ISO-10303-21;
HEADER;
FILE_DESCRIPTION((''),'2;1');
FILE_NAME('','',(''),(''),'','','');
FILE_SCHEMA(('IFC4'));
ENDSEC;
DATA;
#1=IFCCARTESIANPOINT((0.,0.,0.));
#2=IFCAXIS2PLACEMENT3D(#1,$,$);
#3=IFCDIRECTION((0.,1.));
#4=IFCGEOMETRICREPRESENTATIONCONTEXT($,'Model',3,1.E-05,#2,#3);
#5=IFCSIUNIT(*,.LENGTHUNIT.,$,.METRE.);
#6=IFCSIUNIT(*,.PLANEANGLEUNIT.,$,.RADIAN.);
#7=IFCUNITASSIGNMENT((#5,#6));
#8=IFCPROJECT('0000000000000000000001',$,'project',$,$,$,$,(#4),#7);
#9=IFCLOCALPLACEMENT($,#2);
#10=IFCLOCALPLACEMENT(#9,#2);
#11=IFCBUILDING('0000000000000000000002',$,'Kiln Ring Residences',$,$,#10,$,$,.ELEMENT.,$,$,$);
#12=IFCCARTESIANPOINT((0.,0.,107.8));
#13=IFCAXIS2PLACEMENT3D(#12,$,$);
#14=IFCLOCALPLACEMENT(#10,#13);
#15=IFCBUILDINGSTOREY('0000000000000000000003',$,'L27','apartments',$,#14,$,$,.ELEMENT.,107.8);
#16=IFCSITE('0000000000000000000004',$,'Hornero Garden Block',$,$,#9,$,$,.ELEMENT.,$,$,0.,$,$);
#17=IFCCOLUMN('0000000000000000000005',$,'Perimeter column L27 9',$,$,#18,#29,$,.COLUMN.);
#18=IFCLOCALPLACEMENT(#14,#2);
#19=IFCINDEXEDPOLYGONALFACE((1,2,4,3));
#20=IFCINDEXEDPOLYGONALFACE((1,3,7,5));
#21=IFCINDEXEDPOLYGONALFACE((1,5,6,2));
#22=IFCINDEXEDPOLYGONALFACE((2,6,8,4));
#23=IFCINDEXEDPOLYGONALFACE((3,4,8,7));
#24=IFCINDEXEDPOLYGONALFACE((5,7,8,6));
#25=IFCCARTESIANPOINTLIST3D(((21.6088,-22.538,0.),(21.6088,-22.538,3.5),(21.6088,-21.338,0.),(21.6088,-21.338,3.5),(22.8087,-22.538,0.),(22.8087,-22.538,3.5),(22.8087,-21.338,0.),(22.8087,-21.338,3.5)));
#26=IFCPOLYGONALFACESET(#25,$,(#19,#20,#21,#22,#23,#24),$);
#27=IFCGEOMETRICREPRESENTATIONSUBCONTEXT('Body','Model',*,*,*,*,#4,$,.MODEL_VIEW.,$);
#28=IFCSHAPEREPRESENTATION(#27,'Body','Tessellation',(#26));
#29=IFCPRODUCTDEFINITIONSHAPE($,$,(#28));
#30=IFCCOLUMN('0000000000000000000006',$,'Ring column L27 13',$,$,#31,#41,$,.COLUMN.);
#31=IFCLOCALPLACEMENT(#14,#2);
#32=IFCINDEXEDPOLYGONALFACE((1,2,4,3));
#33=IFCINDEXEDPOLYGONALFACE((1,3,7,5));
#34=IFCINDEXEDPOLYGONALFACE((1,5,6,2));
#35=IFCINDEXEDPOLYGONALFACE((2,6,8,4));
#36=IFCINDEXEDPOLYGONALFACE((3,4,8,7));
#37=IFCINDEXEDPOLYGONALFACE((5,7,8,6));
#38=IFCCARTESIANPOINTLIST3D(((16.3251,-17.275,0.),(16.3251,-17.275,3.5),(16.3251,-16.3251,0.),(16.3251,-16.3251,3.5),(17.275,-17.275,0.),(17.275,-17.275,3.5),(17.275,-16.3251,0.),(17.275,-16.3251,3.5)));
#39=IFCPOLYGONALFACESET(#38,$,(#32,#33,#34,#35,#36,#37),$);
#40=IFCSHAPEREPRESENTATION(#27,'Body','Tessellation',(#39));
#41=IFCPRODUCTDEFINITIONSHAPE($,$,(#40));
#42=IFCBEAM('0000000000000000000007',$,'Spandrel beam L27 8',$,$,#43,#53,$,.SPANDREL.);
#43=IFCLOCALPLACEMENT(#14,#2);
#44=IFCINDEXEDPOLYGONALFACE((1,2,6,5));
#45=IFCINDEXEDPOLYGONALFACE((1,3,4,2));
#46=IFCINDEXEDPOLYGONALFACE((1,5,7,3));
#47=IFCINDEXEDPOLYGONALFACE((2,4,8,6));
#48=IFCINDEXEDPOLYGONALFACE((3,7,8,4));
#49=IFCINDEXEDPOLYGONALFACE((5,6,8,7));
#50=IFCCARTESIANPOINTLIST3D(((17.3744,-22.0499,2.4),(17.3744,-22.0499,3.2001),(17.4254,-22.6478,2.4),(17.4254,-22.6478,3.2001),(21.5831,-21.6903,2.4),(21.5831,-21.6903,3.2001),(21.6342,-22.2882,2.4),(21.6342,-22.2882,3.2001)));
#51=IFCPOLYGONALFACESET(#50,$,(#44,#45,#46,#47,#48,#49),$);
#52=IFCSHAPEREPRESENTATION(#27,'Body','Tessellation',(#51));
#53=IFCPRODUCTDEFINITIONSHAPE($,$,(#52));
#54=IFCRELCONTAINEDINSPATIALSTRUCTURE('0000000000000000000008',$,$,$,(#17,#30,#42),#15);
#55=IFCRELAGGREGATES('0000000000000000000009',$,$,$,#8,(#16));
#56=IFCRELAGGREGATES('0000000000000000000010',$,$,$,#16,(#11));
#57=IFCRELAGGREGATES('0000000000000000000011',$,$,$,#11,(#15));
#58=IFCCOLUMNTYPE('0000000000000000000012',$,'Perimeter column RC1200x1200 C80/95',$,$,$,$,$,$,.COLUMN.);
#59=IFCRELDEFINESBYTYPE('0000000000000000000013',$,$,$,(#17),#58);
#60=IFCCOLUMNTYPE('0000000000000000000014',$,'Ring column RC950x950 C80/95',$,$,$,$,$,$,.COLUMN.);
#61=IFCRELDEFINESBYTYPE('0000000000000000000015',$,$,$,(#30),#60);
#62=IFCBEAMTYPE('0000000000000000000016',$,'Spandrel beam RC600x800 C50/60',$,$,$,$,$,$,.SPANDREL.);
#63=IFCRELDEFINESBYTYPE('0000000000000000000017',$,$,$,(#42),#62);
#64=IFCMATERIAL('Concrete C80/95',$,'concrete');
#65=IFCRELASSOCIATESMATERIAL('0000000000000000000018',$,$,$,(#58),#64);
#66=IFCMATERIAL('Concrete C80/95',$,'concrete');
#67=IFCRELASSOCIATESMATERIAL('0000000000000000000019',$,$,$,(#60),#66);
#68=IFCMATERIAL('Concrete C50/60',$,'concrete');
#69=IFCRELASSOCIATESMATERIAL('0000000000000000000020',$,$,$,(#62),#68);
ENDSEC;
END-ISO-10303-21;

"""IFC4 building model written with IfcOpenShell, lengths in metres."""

from ifc_helpers import new_model, si_unit, direction, frame, origin, origin_2d, place, context, subcontext, project, spatial, rectangle, extrude, material, material_profile, profile_set, type_object, element, save


model = new_model("IFC4")

# Units and contexts
model_context = context("Model", 3, precision=1e-05, world=origin(), true_north=direction((0.0, 1.0)))
body_context = subcontext(model_context, "Body", "Model", "MODEL_VIEW")
ifc_project = project(units=[si_unit("LENGTHUNIT", "METRE"), si_unit("PLANEANGLEUNIT", "RADIAN")], contexts=[model_context])

# Site, building, storey
site_placement = place(None, origin())
site = spatial("IfcSite", under=ifc_project, at=site_placement, Name="Hornero Garden Block", CompositionType="ELEMENT", RefElevation=0.0)
building_placement = place(site_placement, origin())
building = spatial("IfcBuilding", under=site, at=building_placement, Name="Kiln Ring Residences", CompositionType="ELEMENT")
storey_placement = place(building_placement, frame((0.0, 0.0, 107.8)))
storey = spatial("IfcBuildingStorey", under=building, at=storey_placement, Name="L27", Description="apartments", CompositionType="ELEMENT", Elevation=107.8)

# Columns
ifc_material_1 = material(Name="Concrete C80/95", Category="concrete")
ifc_material_profile_1 = material_profile(ifc_material_1, rectangle(XDim=1.2, YDim=1.2, at=origin_2d()), Name="RC1200x1200")
ifc_profile_set_1 = profile_set([ifc_material_profile_1], Name="Concrete C80/95")
column_type_1 = type_object("IfcColumnType", Name="Perimeter column RC1200x1200 C80/95", PredefinedType="COLUMN", material=ifc_profile_set_1)
column_1_placement = place(storey_placement, frame((22.2087, -21.938, 0.0), z_axis=(0.0, 0.0, 1.0), x_axis=(1.0, 0.0, 0.0)))
element("IfcColumn", 1, at=column_1_placement, inside=storey, type_object=column_type_1, Name="Perimeter column L27 9", PredefinedType="COLUMN", context=body_context, shape_type="SweptSolid", body=[
    extrude(rectangle(XDim=1.2, YDim=1.2, at=origin_2d()), origin(), (0.0, 0.0, 1.0), 3.5),
])
ifc_material_2 = material(Name="Concrete C80/95", Category="concrete")
ifc_material_profile_2 = material_profile(ifc_material_2, rectangle(XDim=0.95, YDim=0.95, at=origin_2d()), Name="RC950x950")
ifc_profile_set_2 = profile_set([ifc_material_profile_2], Name="Concrete C80/95")
column_type_2 = type_object("IfcColumnType", Name="Ring column RC950x950 C80/95", PredefinedType="COLUMN", material=ifc_profile_set_2)
column_2_placement = place(storey_placement, frame((16.8, -16.8, 0.0), z_axis=(0.0, 0.0, 1.0), x_axis=(1.0, 0.0, 0.0)))
element("IfcColumn", 2, at=column_2_placement, inside=storey, type_object=column_type_2, Name="Ring column L27 13", PredefinedType="COLUMN", context=body_context, shape_type="SweptSolid", body=[
    extrude(rectangle(XDim=0.95, YDim=0.95, at=origin_2d()), origin(), (0.0, 0.0, 1.0), 3.5),
])

# Beam
ifc_material_3 = material(Name="Concrete C50/60", Category="concrete")
ifc_material_profile_3 = material_profile(ifc_material_3, rectangle(XDim=0.6001, YDim=0.8, at=origin_2d()), Name="RC600x800")
ifc_profile_set_3 = profile_set([ifc_material_profile_3], Name="Concrete C50/60")
beam_type = type_object("IfcBeamType", Name="Spandrel beam RC600x800 C50/60", PredefinedType="SPANDREL", material=ifc_profile_set_3)
beam_placement = place(storey_placement, frame((17.3999, -22.3489, 2.8), z_axis=(0.996369, 0.085136, 0.0), x_axis=(-0.085136, 0.996369, 0.0)))
element("IfcBeam", 3, at=beam_placement, inside=storey, type_object=beam_type, Name="Spandrel beam L27 8", PredefinedType="SPANDREL", context=body_context, shape_type="SweptSolid", body=[
    extrude(rectangle(XDim=0.6001, YDim=0.8, at=origin_2d()), origin(), (0.0, 0.0, 1.0), 4.2241),
])

save(model, "model.ifc")
